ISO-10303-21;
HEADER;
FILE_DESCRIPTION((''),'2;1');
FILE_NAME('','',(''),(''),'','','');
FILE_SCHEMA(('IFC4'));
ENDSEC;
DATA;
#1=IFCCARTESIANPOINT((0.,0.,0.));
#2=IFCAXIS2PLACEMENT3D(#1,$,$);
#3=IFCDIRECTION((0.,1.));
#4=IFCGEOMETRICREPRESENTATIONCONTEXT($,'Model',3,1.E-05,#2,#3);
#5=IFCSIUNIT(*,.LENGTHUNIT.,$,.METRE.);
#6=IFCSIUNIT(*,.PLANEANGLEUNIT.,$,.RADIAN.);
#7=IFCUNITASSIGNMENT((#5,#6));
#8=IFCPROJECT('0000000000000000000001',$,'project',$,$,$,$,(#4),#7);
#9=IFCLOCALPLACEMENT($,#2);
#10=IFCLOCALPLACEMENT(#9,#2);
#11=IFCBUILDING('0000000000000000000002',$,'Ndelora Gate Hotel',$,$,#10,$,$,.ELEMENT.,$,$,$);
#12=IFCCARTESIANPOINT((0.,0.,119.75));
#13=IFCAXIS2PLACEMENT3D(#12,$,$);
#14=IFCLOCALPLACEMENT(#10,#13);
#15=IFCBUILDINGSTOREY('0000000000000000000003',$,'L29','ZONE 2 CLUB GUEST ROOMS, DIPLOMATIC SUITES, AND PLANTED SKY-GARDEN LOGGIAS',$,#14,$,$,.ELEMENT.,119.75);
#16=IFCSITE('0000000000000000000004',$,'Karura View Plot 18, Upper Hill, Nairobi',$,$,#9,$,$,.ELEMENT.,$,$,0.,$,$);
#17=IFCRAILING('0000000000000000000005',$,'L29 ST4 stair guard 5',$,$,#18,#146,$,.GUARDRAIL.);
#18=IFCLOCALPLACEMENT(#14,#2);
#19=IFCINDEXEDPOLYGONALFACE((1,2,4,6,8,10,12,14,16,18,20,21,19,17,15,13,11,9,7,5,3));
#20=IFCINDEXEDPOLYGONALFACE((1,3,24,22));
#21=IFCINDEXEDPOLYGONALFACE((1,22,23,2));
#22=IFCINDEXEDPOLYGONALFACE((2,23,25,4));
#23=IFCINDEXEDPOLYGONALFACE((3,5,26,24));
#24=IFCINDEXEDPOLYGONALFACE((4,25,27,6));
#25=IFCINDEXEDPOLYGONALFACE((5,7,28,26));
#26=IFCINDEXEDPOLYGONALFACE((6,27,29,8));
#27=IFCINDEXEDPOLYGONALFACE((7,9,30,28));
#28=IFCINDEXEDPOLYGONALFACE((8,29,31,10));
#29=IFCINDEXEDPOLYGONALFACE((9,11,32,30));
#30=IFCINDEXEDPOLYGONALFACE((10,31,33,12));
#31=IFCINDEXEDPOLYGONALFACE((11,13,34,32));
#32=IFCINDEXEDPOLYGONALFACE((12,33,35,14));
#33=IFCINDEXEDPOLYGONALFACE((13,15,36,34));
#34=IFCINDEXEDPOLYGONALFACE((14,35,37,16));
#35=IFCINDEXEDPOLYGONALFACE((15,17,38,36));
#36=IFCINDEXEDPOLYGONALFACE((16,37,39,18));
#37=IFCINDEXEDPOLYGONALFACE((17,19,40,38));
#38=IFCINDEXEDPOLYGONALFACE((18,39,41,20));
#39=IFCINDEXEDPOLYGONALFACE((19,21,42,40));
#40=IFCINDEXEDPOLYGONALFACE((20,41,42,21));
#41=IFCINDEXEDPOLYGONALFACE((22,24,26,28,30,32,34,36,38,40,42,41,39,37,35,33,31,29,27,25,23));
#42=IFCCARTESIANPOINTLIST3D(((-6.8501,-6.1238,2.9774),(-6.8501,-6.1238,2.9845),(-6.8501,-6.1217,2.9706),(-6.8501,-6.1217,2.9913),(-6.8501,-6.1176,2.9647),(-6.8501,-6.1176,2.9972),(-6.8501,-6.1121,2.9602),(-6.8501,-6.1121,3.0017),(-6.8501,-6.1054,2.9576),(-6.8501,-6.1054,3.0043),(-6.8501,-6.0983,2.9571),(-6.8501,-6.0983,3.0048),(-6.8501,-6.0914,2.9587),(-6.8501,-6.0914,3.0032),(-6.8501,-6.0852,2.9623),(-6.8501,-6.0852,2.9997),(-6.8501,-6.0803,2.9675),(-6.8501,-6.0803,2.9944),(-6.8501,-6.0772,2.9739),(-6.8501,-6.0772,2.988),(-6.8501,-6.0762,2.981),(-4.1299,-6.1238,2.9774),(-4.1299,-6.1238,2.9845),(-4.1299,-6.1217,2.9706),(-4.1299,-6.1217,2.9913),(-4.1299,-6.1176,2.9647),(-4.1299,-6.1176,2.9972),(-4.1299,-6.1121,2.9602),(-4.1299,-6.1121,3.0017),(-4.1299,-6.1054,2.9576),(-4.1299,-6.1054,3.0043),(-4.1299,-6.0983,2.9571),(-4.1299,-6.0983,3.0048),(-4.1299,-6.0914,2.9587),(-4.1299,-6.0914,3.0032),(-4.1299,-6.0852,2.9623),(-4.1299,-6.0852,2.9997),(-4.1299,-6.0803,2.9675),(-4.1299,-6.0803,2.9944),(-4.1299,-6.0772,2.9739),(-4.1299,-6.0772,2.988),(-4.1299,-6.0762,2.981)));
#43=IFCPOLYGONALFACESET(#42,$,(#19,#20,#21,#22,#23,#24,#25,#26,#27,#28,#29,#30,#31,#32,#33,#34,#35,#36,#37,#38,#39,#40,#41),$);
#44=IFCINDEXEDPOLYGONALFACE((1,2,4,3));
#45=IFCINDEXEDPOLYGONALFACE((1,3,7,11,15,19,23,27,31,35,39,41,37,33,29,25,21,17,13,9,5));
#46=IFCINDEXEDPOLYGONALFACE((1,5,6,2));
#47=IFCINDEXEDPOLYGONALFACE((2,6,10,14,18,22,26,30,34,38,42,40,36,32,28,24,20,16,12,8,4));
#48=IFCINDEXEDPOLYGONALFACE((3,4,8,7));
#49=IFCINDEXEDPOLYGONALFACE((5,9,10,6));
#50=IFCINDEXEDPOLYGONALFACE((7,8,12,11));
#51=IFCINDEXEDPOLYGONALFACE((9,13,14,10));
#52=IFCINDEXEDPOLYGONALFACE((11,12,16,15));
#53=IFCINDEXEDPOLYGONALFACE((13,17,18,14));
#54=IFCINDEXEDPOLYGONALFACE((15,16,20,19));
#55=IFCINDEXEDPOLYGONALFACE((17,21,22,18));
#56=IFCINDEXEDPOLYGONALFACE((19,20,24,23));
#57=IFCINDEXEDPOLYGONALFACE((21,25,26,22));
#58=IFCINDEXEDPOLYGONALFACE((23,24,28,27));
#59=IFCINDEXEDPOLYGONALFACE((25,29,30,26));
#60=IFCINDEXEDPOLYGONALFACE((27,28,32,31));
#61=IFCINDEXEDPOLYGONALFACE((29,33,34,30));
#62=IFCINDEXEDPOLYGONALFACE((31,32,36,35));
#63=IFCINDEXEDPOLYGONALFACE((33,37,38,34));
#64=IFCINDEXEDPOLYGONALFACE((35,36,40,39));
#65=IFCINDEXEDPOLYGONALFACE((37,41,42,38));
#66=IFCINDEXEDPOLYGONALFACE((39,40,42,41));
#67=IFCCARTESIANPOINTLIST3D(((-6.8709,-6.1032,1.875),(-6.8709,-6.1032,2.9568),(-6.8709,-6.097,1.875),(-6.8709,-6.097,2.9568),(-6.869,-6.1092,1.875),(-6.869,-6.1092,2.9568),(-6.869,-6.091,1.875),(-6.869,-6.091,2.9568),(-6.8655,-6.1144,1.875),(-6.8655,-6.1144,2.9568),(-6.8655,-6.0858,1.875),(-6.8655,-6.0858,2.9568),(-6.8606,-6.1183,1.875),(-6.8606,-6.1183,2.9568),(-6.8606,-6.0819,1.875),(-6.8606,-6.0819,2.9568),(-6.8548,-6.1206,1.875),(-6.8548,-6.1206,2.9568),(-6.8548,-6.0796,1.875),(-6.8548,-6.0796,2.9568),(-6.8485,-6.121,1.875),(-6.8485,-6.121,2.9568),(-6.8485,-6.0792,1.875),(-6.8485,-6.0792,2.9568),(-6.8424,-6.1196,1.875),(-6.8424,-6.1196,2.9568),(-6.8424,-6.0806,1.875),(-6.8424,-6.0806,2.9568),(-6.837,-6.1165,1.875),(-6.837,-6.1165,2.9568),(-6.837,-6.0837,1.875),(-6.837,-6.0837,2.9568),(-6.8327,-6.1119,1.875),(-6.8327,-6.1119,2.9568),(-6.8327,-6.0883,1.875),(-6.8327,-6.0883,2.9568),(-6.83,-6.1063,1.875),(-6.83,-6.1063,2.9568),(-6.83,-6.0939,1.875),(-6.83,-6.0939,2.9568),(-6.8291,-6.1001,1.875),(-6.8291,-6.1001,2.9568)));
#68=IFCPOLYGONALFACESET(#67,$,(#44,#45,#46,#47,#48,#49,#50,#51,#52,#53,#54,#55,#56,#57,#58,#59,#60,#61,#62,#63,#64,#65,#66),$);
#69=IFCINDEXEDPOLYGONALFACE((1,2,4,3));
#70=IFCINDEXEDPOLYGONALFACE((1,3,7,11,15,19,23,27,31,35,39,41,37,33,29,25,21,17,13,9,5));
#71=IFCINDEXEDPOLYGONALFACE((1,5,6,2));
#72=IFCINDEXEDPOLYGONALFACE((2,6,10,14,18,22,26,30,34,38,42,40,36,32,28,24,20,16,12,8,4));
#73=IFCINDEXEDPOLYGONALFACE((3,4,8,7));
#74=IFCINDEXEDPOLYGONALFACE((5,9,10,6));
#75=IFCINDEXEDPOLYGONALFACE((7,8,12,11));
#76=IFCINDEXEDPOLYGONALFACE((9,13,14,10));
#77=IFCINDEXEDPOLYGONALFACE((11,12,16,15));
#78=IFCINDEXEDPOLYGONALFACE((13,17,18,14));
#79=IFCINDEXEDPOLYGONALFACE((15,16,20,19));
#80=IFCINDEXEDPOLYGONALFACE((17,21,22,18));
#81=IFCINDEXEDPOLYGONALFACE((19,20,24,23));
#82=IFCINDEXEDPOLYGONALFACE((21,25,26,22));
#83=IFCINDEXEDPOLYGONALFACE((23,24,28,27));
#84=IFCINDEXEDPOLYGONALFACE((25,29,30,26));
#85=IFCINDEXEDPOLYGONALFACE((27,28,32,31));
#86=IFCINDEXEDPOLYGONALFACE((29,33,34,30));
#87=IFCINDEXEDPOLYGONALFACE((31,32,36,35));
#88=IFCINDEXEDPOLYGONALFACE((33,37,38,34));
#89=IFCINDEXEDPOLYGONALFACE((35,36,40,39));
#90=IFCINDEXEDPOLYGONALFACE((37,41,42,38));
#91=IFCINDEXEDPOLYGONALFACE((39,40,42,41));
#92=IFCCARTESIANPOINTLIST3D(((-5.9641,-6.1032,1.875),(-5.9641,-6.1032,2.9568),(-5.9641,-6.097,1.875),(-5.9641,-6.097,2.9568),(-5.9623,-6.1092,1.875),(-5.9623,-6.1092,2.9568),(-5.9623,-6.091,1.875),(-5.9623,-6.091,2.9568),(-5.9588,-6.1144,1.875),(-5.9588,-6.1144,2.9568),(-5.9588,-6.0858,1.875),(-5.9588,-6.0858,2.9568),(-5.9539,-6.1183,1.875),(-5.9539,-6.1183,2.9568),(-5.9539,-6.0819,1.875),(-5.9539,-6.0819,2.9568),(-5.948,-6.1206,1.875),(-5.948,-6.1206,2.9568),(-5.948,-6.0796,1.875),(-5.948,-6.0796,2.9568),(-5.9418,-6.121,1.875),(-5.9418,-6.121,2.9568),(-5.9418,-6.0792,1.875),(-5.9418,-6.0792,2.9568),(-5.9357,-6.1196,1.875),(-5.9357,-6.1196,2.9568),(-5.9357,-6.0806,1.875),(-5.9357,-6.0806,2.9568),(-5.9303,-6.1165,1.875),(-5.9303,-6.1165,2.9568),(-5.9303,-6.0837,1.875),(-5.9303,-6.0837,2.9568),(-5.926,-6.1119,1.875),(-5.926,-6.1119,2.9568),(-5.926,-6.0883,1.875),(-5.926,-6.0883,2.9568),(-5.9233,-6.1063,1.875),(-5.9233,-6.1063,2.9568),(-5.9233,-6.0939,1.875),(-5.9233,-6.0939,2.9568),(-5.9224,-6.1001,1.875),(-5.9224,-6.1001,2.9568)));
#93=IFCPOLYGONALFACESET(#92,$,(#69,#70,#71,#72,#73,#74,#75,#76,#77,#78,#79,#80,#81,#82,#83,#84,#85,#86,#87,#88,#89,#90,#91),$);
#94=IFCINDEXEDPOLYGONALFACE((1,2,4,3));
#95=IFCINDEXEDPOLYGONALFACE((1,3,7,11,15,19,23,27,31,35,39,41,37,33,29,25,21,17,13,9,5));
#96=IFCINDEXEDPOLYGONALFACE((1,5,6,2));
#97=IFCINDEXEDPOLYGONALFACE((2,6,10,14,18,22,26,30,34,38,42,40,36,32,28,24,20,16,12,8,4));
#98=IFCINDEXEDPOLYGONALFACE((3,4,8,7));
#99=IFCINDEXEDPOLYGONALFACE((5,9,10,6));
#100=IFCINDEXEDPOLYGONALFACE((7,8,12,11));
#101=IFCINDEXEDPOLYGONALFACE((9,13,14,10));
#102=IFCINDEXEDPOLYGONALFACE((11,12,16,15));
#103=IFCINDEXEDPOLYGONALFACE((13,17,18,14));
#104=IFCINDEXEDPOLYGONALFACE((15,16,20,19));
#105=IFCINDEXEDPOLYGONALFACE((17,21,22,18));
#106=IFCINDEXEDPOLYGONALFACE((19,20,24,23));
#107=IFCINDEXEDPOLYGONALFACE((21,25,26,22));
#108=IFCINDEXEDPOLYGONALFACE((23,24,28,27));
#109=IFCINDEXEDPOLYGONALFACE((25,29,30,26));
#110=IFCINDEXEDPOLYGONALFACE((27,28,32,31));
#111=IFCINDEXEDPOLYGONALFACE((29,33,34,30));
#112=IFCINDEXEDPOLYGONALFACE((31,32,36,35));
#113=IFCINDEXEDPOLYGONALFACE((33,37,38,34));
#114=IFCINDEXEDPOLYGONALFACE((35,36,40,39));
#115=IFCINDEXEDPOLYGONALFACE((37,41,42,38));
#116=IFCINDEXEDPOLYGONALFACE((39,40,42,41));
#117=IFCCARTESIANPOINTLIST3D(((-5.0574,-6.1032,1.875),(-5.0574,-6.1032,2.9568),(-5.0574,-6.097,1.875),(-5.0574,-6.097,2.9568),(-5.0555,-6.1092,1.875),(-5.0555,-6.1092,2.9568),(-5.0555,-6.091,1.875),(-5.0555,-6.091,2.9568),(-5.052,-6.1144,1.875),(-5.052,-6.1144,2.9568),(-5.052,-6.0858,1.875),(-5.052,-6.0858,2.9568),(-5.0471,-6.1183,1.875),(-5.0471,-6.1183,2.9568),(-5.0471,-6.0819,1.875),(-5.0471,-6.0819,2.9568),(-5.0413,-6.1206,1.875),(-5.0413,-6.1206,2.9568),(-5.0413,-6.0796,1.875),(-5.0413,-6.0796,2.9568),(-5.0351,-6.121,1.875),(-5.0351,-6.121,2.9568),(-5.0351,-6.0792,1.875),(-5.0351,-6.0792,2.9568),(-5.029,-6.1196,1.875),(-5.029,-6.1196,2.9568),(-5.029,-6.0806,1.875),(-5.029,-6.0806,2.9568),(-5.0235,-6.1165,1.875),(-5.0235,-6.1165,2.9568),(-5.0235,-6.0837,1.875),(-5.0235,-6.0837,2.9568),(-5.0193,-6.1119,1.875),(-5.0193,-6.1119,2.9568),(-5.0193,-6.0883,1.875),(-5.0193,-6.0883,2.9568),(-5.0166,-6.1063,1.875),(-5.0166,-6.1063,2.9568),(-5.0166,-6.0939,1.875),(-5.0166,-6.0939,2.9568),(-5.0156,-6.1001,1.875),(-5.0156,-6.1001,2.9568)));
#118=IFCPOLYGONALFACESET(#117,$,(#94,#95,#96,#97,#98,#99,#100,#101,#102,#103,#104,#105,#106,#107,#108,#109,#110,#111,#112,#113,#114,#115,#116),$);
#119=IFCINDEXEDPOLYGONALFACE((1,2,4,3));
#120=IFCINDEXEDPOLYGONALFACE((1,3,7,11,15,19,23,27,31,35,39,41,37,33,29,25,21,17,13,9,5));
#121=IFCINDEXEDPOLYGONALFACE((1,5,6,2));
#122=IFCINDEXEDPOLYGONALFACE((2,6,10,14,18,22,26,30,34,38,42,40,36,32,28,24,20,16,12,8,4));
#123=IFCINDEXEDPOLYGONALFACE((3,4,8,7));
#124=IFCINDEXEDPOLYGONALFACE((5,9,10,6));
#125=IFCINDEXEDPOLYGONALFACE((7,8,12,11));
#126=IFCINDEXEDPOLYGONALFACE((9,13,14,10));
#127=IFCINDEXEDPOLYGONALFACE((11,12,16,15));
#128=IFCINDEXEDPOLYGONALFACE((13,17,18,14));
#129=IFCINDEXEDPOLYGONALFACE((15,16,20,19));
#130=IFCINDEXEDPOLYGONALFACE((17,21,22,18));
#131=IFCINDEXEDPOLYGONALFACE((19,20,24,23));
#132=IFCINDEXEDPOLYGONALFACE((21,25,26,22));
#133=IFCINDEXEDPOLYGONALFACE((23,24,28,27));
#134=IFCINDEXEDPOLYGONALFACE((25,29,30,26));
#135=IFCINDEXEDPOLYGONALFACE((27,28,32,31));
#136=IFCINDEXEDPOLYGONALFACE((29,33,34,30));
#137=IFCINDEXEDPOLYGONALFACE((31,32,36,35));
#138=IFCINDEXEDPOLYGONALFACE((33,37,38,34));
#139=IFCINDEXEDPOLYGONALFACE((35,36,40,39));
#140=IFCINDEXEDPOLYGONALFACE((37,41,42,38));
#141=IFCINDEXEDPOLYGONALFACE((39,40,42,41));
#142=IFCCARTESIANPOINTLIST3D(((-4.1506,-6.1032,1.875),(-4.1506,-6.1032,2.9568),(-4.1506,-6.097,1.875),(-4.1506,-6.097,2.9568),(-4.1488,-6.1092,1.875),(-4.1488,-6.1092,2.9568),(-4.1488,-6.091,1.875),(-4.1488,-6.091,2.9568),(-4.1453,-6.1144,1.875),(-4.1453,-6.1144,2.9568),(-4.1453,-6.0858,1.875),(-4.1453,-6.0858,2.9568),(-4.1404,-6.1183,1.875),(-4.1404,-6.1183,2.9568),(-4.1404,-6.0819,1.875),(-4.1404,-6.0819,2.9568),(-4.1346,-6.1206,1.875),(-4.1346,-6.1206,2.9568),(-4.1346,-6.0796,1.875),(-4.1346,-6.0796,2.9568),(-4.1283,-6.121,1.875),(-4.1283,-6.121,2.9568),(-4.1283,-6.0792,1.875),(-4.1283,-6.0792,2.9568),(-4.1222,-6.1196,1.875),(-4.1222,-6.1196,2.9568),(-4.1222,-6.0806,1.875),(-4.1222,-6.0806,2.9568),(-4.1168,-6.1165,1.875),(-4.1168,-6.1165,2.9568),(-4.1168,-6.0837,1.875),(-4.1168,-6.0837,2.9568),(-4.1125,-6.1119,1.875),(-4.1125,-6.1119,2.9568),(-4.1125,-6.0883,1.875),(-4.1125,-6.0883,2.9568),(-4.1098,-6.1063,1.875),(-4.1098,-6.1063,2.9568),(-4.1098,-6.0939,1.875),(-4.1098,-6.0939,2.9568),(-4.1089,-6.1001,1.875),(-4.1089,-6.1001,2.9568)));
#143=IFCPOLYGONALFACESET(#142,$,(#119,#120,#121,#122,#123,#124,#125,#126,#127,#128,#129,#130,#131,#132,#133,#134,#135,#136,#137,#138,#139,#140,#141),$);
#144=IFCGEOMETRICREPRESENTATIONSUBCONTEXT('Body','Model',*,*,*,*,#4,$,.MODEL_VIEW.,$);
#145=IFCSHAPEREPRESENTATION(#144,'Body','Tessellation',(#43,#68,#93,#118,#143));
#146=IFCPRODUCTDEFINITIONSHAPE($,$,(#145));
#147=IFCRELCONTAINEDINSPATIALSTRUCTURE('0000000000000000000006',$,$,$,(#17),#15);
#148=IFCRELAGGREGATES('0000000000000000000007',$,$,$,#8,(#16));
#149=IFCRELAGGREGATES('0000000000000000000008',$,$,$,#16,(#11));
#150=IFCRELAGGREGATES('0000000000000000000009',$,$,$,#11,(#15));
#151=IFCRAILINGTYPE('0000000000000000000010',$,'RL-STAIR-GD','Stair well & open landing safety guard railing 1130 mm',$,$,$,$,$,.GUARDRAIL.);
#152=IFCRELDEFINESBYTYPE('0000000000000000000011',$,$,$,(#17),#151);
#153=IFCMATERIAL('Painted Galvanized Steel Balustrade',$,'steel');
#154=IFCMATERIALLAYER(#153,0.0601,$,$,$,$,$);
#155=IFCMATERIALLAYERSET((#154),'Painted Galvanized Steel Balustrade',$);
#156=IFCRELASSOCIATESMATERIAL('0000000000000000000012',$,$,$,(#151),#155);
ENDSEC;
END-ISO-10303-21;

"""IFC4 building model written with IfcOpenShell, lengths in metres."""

from ifc_helpers import new_model, si_unit, direction, frame, origin, origin_2d, place, context, subcontext, project, spatial, circle, extrude, material, layer, layer_set, type_object, element, save


model = new_model("IFC4")

# Units and contexts
model_context = context("Model", 3, precision=1e-05, world=origin(), true_north=direction((0.0, 1.0)))
body_context = subcontext(model_context, "Body", "Model", "MODEL_VIEW")
ifc_project = project(units=[si_unit("LENGTHUNIT", "METRE"), si_unit("PLANEANGLEUNIT", "RADIAN")], contexts=[model_context])

# Site, building, storey
site_placement = place(None, origin())
site = spatial("IfcSite", under=ifc_project, at=site_placement, Name="Karura View Plot 18, Upper Hill, Nairobi", CompositionType="ELEMENT", RefElevation=0.0)
building_placement = place(site_placement, origin())
building = spatial("IfcBuilding", under=site, at=building_placement, Name="Ndelora Gate Hotel", CompositionType="ELEMENT")
storey_placement = place(building_placement, frame((0.0, 0.0, 119.75)))
storey = spatial("IfcBuildingStorey", under=building, at=storey_placement, Name="L29", Description="ZONE 2 CLUB GUEST ROOMS, DIPLOMATIC SUITES, AND PLANTED SKY-GARDEN LOGGIAS", CompositionType="ELEMENT", Elevation=119.75)

# Railing
ifc_material_1 = material(Name="Painted Galvanized Steel Balustrade", Category="steel")
ifc_layer_1 = layer(ifc_material_1, 0.0601)
ifc_layer_set_1 = layer_set([ifc_layer_1], Name="Painted Galvanized Steel Balustrade")
railing_type_1 = type_object("IfcRailingType", Name="RL-STAIR-GD", Description="Stair well & open landing safety guard railing 1130 mm", PredefinedType="GUARDRAIL", material=ifc_layer_set_1)
railing_1_placement = place(storey_placement, frame((-6.8501, -6.1001, 1.875)))
element("IfcRailing", 1, at=railing_1_placement, inside=storey, type_object=railing_type_1, Name="L29 ST4 stair guard 5", PredefinedType="GUARDRAIL", context=body_context, shape_type="SweptSolid", body=[
    extrude(circle(Radius=0.0239, at=origin_2d()), frame((0.0, 0.0, 1.106), z_axis=(1.0, 0.0, 0.0), x_axis=(0.0, 1.0, 0.0)), (0.0, 0.0, 1.0), 2.7202),
    extrude(circle(Radius=0.021, at=origin_2d()), origin(), (0.0, 0.0, 1.0), 1.0818),
    extrude(circle(Radius=0.021, at=origin_2d()), frame((0.9067, 0.0, 0.0)), (0.0, 0.0, 1.0), 1.0818),
    extrude(circle(Radius=0.021, at=origin_2d()), frame((1.8135, 0.0, 0.0)), (0.0, 0.0, 1.0), 1.0818),
    extrude(circle(Radius=0.021, at=origin_2d()), frame((2.7202, 0.0, 0.0)), (0.0, 0.0, 1.0), 1.0818),
])

save(model, "model.ifc")
